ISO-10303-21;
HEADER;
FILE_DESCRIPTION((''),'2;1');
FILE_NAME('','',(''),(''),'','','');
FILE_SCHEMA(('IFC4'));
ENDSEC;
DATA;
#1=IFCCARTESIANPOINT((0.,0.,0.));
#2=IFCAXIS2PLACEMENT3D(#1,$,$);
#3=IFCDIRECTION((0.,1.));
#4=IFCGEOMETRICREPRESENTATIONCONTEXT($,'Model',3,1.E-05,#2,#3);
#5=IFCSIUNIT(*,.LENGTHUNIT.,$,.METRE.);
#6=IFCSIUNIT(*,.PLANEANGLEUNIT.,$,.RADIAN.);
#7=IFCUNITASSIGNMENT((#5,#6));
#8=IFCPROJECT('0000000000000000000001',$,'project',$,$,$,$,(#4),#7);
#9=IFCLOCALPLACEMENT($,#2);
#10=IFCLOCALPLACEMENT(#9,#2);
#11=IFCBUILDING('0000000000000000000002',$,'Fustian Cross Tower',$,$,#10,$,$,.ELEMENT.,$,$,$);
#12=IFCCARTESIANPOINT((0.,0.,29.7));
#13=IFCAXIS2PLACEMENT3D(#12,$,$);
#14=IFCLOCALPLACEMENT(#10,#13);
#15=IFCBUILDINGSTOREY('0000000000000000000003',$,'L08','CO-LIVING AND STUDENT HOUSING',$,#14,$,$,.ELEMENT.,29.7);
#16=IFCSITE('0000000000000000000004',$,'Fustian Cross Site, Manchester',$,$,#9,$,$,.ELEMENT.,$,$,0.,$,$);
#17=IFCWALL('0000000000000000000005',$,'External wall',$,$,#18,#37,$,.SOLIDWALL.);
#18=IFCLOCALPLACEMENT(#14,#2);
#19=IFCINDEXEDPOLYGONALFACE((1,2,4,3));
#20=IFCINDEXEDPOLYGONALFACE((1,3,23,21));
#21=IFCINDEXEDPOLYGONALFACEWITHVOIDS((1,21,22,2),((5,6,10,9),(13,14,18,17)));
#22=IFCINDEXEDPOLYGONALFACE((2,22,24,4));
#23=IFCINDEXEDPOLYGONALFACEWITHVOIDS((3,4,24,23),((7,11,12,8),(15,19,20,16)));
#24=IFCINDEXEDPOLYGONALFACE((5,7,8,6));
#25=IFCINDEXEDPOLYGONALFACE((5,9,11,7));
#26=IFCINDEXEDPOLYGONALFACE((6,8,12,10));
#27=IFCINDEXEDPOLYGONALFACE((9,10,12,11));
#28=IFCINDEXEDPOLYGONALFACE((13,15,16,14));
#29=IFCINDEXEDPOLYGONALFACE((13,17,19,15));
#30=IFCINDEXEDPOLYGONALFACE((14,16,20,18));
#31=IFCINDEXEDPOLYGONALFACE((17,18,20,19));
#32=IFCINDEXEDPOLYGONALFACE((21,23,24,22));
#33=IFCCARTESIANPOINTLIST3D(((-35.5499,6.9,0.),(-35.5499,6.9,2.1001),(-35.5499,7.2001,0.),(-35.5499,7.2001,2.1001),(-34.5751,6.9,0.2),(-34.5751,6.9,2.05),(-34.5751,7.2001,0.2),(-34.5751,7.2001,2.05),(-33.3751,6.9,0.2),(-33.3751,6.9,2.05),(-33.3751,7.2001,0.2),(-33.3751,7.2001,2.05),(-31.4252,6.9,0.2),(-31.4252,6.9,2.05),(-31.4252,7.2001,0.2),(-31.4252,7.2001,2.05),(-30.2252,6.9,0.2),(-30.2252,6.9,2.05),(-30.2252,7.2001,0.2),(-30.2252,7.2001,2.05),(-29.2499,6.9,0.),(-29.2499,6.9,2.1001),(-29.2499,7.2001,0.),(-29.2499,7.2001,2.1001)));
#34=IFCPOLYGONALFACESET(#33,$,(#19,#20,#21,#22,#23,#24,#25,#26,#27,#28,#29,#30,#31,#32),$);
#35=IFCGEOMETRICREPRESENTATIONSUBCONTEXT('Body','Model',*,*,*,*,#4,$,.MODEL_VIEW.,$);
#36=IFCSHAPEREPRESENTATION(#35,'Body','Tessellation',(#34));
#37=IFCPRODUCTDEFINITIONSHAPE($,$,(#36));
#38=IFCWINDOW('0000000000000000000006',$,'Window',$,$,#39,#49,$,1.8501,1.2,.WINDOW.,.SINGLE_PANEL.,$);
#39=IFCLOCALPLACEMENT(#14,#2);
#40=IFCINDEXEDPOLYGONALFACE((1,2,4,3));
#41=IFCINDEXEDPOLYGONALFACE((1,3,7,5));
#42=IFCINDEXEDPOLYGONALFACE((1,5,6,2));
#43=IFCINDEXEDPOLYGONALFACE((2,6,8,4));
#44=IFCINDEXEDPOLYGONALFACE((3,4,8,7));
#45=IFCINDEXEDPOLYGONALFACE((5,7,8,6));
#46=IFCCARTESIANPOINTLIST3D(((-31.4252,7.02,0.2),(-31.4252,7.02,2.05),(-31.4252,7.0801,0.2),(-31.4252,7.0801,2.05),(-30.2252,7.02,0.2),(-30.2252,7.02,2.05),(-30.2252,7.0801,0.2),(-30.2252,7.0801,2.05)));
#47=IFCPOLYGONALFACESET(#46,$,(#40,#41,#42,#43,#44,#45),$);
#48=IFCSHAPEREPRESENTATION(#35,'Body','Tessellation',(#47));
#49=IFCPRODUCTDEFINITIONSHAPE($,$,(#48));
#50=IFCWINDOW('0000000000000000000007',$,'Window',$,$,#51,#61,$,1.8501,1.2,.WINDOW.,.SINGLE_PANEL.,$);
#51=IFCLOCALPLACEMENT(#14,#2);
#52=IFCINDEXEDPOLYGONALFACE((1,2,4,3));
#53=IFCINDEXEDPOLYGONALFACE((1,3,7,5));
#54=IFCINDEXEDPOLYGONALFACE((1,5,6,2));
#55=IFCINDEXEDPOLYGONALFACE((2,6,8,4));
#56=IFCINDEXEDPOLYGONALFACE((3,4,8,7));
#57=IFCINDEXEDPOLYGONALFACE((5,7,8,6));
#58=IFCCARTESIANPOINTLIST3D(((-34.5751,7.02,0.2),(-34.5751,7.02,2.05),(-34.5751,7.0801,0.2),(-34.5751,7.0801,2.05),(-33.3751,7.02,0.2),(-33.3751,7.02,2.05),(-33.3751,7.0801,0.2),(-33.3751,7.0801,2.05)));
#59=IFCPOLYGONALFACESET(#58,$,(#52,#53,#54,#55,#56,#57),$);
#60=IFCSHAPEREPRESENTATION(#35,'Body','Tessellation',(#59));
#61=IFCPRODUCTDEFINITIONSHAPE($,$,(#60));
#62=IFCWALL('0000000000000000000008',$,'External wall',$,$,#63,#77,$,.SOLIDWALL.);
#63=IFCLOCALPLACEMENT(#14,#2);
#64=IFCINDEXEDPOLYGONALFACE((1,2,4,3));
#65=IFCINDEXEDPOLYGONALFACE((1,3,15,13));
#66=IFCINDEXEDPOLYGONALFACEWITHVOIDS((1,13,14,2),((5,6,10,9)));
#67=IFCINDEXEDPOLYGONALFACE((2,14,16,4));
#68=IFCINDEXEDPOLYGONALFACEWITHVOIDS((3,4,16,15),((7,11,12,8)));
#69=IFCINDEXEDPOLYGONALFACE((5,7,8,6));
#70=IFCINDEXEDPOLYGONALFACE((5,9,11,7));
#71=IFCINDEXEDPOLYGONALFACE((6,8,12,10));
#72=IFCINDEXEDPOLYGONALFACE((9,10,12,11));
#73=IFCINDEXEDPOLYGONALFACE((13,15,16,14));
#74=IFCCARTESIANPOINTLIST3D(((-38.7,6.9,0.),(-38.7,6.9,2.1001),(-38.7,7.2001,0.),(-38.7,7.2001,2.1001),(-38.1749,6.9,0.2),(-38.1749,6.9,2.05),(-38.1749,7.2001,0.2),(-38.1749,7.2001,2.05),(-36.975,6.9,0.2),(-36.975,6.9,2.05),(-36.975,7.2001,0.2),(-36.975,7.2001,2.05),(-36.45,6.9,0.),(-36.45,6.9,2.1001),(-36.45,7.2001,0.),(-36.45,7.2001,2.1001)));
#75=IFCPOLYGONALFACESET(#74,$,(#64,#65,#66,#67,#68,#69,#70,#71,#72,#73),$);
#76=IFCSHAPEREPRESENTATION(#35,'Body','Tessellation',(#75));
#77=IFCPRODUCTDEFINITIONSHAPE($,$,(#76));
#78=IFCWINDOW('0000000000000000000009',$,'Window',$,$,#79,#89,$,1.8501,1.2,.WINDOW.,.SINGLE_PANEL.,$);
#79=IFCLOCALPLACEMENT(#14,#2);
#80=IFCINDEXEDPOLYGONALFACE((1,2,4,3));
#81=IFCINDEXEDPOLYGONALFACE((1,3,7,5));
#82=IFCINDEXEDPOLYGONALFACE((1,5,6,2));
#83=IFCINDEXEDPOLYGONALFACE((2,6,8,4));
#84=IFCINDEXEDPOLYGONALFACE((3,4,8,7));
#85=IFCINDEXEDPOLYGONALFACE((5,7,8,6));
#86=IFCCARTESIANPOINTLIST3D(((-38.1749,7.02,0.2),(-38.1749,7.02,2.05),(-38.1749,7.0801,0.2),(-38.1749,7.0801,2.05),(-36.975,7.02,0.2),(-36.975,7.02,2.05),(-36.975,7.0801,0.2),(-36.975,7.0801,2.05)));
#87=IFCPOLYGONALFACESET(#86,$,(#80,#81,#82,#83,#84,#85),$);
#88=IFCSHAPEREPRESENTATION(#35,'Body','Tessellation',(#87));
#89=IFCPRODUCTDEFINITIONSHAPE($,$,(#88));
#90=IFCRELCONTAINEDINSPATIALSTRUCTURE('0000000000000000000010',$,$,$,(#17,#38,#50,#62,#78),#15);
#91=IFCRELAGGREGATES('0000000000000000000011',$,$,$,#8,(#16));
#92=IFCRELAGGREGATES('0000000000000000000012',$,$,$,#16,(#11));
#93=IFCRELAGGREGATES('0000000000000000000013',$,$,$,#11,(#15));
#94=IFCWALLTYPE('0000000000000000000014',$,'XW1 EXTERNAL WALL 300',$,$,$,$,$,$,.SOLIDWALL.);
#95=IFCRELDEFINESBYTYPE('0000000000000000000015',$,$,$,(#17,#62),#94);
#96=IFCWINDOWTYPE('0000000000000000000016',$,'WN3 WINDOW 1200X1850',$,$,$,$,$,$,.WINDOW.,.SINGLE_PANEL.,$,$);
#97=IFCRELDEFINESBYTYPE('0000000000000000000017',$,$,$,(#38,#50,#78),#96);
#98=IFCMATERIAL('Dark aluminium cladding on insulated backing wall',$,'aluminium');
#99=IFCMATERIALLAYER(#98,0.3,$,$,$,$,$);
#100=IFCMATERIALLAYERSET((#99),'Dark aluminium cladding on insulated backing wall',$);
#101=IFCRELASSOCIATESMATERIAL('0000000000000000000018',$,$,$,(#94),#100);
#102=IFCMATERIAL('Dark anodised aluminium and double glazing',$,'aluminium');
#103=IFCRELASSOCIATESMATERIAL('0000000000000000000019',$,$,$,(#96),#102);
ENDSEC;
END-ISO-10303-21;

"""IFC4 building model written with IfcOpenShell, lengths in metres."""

from ifc_helpers import new_model, si_unit, direction, frame, frame_2d, origin, place, context, subcontext, project, spatial, rectangle, extrude, material, layer, layer_set, type_object, element, fill, save


model = new_model("IFC4")

# Units and contexts
model_context = context("Model", 3, precision=1e-05, world=origin(), true_north=direction((0.0, 1.0)))
body_context = subcontext(model_context, "Body", "Model", "MODEL_VIEW")
ifc_project = project(units=[si_unit("LENGTHUNIT", "METRE"), si_unit("PLANEANGLEUNIT", "RADIAN")], contexts=[model_context])

# Site, building, storey
site_placement = place(None, origin())
site = spatial("IfcSite", under=ifc_project, at=site_placement, Name="Fustian Cross Site, Manchester", CompositionType="ELEMENT", RefElevation=0.0)
building_placement = place(site_placement, origin())
building = spatial("IfcBuilding", under=site, at=building_placement, Name="Fustian Cross Tower", CompositionType="ELEMENT")
storey_placement = place(building_placement, frame((0.0, 0.0, 29.7)))
storey = spatial("IfcBuildingStorey", under=building, at=storey_placement, Name="L08", Description="CO-LIVING AND STUDENT HOUSING", CompositionType="ELEMENT", Elevation=29.7)

# Shared definitions
ifc_material_1 = material(Name="Dark aluminium cladding on insulated backing wall", Category="aluminium")
ifc_layer_1 = layer(ifc_material_1, 0.3)
ifc_layer_set_1 = layer_set([ifc_layer_1], Name="Dark aluminium cladding on insulated backing wall")
wall_type_1 = type_object("IfcWallType", Name="XW1 EXTERNAL WALL 300", PredefinedType="SOLIDWALL", material=ifc_layer_set_1)
ifc_material_2 = material(Name="Dark anodised aluminium and double glazing", Category="aluminium")
window_type = type_object("IfcWindowType", Name="WN3 WINDOW 1200X1850", PartitioningType="SINGLE_PANEL", PredefinedType="WINDOW", material=ifc_material_2)

# Wall, openings, windows
wall_1_placement = place(storey_placement, frame((-29.25, 7.05, 0.0), z_axis=(0.0, 0.0, 1.0), x_axis=(-1.0, 0.0, 0.0)))
wall_1 = element("IfcWall", 1, at=wall_1_placement, inside=storey, type_object=wall_type_1, Name="External wall", PredefinedType="SOLIDWALL", context=body_context, shape_type="SweptSolid", body=[
    extrude(rectangle(XDim=6.3, YDim=0.3, at=frame_2d((3.1499, 0.0))), origin(), (0.0, 0.0, 1.0), 2.1001),
])
opening_1_placement = place(wall_1_placement, frame((0.9751, 0.0, 0.2)))
opening_1 = element("IfcOpeningElement", 2, at=opening_1_placement, cuts=wall_1, PredefinedType="OPENING", context=body_context, shape_type="SweptSolid", body=[
    extrude(rectangle(XDim=1.2, YDim=1.8501, at=frame_2d((0.6001, 0.925))), frame((0.0, 0.1599, 0.0), z_axis=(0.0, -1.0, 0.0), x_axis=(1.0, 0.0, 0.0)), (0.0, 0.0, 1.0), 0.3201),
])
opening_2_placement = place(wall_1_placement, frame((4.125, 0.0, 0.2)))
opening_2 = element("IfcOpeningElement", 3, at=opening_2_placement, cuts=wall_1, PredefinedType="OPENING", context=body_context, shape_type="SweptSolid", body=[
    extrude(rectangle(XDim=1.2, YDim=1.8501, at=frame_2d((0.6001, 0.925))), frame((0.0, 0.1599, 0.0), z_axis=(0.0, -1.0, 0.0), x_axis=(1.0, 0.0, 0.0)), (0.0, 0.0, 1.0), 0.3201),
])
window_1_placement = place(opening_1_placement, origin())
window_1 = element("IfcWindow", 4, at=window_1_placement, inside=storey, type_object=window_type, Name="Window", OverallHeight=1.8501, OverallWidth=1.2, PartitioningType="SINGLE_PANEL", PredefinedType="WINDOW", context=body_context, shape_type="SweptSolid", body=[
    extrude(rectangle(XDim=1.2, YDim=1.8501, at=frame_2d((0.6001, 0.925))), frame((0.0, 0.03, 0.0), z_axis=(0.0, -1.0, 0.0), x_axis=(1.0, 0.0, 0.0)), (0.0, 0.0, 1.0), 0.0601),
])
fill(opening_1, window_1)
window_2_placement = place(opening_2_placement, origin())
window_2 = element("IfcWindow", 5, at=window_2_placement, inside=storey, type_object=window_type, Name="Window", OverallHeight=1.8501, OverallWidth=1.2, PartitioningType="SINGLE_PANEL", PredefinedType="WINDOW", context=body_context, shape_type="SweptSolid", body=[
    extrude(rectangle(XDim=1.2, YDim=1.8501, at=frame_2d((0.6001, 0.925))), frame((0.0, 0.03, 0.0), z_axis=(0.0, -1.0, 0.0), x_axis=(1.0, 0.0, 0.0)), (0.0, 0.0, 1.0), 0.0601),
])
fill(opening_2, window_2)

# Wall, opening, window
wall_2_placement = place(storey_placement, frame((-36.45, 7.05, 0.0), z_axis=(0.0, 0.0, 1.0), x_axis=(-1.0, 0.0, 0.0)))
wall_2 = element("IfcWall", 6, at=wall_2_placement, inside=storey, type_object=wall_type_1, Name="External wall", PredefinedType="SOLIDWALL", context=body_context, shape_type="SweptSolid", body=[
    extrude(rectangle(XDim=2.25, YDim=0.3, at=frame_2d((1.125, 0.0))), origin(), (0.0, 0.0, 1.0), 2.1001),
])
opening_3_placement = place(wall_2_placement, frame((0.5249, 0.0, 0.2)))
opening_3 = element("IfcOpeningElement", 7, at=opening_3_placement, cuts=wall_2, PredefinedType="OPENING", context=body_context, shape_type="SweptSolid", body=[
    extrude(rectangle(XDim=1.2, YDim=1.8501, at=frame_2d((0.6001, 0.925))), frame((0.0, 0.1599, 0.0), z_axis=(0.0, -1.0, 0.0), x_axis=(1.0, 0.0, 0.0)), (0.0, 0.0, 1.0), 0.3201),
])
window_3_placement = place(opening_3_placement, origin())
window_3 = element("IfcWindow", 8, at=window_3_placement, inside=storey, type_object=window_type, Name="Window", OverallHeight=1.8501, OverallWidth=1.2, PartitioningType="SINGLE_PANEL", PredefinedType="WINDOW", context=body_context, shape_type="SweptSolid", body=[
    extrude(rectangle(XDim=1.2, YDim=1.8501, at=frame_2d((0.6001, 0.925))), frame((0.0, 0.03, 0.0), z_axis=(0.0, -1.0, 0.0), x_axis=(1.0, 0.0, 0.0)), (0.0, 0.0, 1.0), 0.0601),
])
fill(opening_3, window_3)

save(model, "model.ifc")
